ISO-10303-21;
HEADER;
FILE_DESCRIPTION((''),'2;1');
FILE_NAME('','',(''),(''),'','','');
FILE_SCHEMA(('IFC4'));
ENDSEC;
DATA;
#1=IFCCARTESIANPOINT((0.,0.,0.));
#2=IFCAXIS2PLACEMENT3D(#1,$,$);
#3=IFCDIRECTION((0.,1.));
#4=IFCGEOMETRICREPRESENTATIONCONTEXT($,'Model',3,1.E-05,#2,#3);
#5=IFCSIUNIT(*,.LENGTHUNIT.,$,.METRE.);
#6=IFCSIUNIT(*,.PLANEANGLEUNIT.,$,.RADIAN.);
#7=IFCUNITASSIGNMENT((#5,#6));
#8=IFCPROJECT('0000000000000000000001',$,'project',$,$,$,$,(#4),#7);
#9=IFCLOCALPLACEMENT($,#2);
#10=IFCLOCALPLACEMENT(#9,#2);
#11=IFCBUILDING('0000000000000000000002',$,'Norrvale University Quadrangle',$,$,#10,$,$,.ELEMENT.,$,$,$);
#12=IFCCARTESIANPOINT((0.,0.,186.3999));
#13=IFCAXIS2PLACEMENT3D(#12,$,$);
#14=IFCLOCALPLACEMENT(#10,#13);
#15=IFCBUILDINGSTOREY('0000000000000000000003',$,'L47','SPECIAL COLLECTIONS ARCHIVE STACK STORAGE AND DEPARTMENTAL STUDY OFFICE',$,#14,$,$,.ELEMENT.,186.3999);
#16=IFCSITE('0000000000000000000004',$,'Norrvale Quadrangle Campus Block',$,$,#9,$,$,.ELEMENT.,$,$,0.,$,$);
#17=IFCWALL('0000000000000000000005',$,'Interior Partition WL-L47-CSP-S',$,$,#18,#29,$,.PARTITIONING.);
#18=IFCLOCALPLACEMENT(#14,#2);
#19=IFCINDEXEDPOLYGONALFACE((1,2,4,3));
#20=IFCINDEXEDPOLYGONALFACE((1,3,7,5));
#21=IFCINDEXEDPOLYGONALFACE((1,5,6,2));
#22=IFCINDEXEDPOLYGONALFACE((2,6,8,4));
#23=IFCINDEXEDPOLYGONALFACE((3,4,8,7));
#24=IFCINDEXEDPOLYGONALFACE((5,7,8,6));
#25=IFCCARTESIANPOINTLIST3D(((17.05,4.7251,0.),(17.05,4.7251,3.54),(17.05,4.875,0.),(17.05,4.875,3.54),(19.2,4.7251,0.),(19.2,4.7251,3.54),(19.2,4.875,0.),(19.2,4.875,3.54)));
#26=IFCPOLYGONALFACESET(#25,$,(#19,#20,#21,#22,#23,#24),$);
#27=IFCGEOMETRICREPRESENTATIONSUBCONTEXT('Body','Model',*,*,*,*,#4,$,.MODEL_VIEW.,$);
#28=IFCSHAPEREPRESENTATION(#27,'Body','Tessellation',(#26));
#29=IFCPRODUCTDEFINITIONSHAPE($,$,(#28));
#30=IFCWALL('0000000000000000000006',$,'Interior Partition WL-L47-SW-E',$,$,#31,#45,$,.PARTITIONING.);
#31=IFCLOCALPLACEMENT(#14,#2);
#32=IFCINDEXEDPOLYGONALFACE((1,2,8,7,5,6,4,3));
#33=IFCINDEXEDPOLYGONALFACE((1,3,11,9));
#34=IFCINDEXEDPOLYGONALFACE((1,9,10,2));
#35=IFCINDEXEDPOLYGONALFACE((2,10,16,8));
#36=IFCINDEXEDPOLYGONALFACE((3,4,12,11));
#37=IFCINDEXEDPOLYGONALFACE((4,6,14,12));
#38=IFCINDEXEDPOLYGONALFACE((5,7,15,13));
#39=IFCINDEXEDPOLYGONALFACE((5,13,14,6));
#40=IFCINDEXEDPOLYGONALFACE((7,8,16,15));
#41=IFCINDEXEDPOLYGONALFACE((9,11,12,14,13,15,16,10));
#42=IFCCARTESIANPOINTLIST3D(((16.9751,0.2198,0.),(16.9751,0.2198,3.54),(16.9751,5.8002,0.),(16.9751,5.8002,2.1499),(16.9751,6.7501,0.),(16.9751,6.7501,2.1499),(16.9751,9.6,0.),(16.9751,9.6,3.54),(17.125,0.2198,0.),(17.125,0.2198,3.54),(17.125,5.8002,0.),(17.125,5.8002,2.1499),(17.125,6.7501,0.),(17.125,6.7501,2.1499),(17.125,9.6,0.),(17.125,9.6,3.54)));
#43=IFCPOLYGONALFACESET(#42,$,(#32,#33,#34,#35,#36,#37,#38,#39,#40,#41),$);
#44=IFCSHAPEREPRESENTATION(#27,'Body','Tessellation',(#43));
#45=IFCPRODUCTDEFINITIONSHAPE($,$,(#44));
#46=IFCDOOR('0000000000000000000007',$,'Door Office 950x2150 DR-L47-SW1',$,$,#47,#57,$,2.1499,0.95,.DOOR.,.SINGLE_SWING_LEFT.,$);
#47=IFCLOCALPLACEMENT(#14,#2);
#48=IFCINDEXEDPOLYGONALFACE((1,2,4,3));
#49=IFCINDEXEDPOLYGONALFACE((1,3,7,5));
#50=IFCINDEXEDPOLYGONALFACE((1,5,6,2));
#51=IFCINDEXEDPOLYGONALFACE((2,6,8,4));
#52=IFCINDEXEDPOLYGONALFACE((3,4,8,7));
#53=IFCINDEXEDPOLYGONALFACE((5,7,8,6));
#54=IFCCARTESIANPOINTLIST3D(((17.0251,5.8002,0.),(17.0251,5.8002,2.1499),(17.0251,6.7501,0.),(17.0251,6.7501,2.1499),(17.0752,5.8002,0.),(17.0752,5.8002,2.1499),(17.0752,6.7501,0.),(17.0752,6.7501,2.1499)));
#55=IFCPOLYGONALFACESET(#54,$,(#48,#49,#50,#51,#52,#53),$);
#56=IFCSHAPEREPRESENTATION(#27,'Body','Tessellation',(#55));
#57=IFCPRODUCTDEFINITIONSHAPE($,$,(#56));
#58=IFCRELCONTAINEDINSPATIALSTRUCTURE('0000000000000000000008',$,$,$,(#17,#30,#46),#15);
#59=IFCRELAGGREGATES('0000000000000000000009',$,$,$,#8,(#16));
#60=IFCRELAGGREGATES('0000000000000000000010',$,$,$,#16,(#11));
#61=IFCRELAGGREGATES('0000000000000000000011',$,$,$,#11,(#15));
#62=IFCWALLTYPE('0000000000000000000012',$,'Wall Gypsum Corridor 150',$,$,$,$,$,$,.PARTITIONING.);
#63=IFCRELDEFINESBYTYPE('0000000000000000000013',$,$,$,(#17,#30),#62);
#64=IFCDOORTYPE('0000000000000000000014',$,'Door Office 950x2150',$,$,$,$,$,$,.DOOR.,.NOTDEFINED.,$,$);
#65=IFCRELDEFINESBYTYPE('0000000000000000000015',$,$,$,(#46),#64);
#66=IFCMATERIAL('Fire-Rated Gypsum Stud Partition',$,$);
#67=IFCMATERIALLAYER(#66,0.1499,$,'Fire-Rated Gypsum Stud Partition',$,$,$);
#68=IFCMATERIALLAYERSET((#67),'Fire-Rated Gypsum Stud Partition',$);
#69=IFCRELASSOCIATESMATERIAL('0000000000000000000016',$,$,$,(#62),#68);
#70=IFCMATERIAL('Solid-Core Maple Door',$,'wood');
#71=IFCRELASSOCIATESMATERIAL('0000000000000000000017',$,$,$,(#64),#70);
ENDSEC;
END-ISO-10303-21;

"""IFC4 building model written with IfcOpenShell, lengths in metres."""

from ifc_helpers import new_model, si_unit, direction, frame, frame_2d, origin, place, context, subcontext, project, spatial, rectangle, extrude, material, layer, layer_set, type_object, element, fill, save


model = new_model("IFC4")

# Units and contexts
model_context = context("Model", 3, precision=1e-05, world=origin(), true_north=direction((0.0, 1.0)))
body_context = subcontext(model_context, "Body", "Model", "MODEL_VIEW")
ifc_project = project(units=[si_unit("LENGTHUNIT", "METRE"), si_unit("PLANEANGLEUNIT", "RADIAN")], contexts=[model_context])

# Site, building, storey
site_placement = place(None, origin())
site = spatial("IfcSite", under=ifc_project, at=site_placement, Name="Norrvale Quadrangle Campus Block", CompositionType="ELEMENT", RefElevation=0.0)
building_placement = place(site_placement, origin())
building = spatial("IfcBuilding", under=site, at=building_placement, Name="Norrvale University Quadrangle", CompositionType="ELEMENT")
storey_placement = place(building_placement, frame((0.0, 0.0, 186.3999)))
storey = spatial("IfcBuildingStorey", under=building, at=storey_placement, Name="L47", Description="SPECIAL COLLECTIONS ARCHIVE STACK STORAGE AND DEPARTMENTAL STUDY OFFICE", CompositionType="ELEMENT", Elevation=186.3999)

# Wall
ifc_material_1 = material(Name="Fire-Rated Gypsum Stud Partition")
ifc_layer_1 = layer(ifc_material_1, 0.1499, Name="Fire-Rated Gypsum Stud Partition")
ifc_layer_set_1 = layer_set([ifc_layer_1], Name="Fire-Rated Gypsum Stud Partition")
wall_type_1 = type_object("IfcWallType", Name="Wall Gypsum Corridor 150", PredefinedType="PARTITIONING", material=ifc_layer_set_1)
wall_1_placement = place(storey_placement, frame((17.05, 4.8, 0.0), z_axis=(0.0, 0.0, 1.0), x_axis=(1.0, 0.0, 0.0)))
element("IfcWall", 1, at=wall_1_placement, inside=storey, type_object=wall_type_1, Name="Interior Partition WL-L47-CSP-S", PredefinedType="PARTITIONING", context=body_context, shape_type="SweptSolid", body=[
    extrude(rectangle(XDim=2.1499, YDim=0.1499, at=frame_2d((1.075, 0.0))), origin(), (0.0, 0.0, 1.0), 3.54),
])

# Wall, opening, door
wall_2_placement = place(storey_placement, frame((17.05, 0.22, 0.0), z_axis=(0.0, 0.0, 1.0), x_axis=(0.0, 1.0, 0.0)))
wall_2 = element("IfcWall", 2, at=wall_2_placement, inside=storey, type_object=wall_type_1, Name="Interior Partition WL-L47-SW-E", PredefinedType="PARTITIONING", context=body_context, shape_type="SweptSolid", body=[
    extrude(rectangle(XDim=9.3801, YDim=0.1499, at=frame_2d((4.6899, 0.0))), origin(), (0.0, 0.0, 1.0), 3.54),
])
opening_placement = place(wall_2_placement, frame((5.5801, 0.0, 0.0)))
opening = element("IfcOpeningElement", 3, at=opening_placement, cuts=wall_2, PredefinedType="OPENING", context=body_context, shape_type="SweptSolid", body=[
    extrude(rectangle(XDim=0.95, YDim=2.1499, at=frame_2d((0.4751, 1.075))), frame((0.0, 0.0869, 0.0), z_axis=(0.0, -1.0, 0.0), x_axis=(1.0, 0.0, 0.0)), (0.0, 0.0, 1.0), 0.1738),
])
ifc_material_2 = material(Name="Solid-Core Maple Door", Category="wood")
door_type = type_object("IfcDoorType", Name="Door Office 950x2150", OperationType="NOTDEFINED", PredefinedType="DOOR", material=ifc_material_2)
door_placement = place(opening_placement, origin())
door = element("IfcDoor", 4, at=door_placement, inside=storey, type_object=door_type, Name="Door Office 950x2150 DR-L47-SW1", OperationType="SINGLE_SWING_LEFT", OverallHeight=2.1499, OverallWidth=0.95, PredefinedType="DOOR", context=body_context, shape_type="SweptSolid", body=[
    extrude(rectangle(XDim=0.95, YDim=2.1499, at=frame_2d((0.4751, 1.075))), frame((0.0, 0.0249, 0.0), z_axis=(0.0, -1.0, 0.0), x_axis=(1.0, 0.0, 0.0)), (0.0, 0.0, 1.0), 0.05),
])
fill(opening, door)

save(model, "model.ifc")
